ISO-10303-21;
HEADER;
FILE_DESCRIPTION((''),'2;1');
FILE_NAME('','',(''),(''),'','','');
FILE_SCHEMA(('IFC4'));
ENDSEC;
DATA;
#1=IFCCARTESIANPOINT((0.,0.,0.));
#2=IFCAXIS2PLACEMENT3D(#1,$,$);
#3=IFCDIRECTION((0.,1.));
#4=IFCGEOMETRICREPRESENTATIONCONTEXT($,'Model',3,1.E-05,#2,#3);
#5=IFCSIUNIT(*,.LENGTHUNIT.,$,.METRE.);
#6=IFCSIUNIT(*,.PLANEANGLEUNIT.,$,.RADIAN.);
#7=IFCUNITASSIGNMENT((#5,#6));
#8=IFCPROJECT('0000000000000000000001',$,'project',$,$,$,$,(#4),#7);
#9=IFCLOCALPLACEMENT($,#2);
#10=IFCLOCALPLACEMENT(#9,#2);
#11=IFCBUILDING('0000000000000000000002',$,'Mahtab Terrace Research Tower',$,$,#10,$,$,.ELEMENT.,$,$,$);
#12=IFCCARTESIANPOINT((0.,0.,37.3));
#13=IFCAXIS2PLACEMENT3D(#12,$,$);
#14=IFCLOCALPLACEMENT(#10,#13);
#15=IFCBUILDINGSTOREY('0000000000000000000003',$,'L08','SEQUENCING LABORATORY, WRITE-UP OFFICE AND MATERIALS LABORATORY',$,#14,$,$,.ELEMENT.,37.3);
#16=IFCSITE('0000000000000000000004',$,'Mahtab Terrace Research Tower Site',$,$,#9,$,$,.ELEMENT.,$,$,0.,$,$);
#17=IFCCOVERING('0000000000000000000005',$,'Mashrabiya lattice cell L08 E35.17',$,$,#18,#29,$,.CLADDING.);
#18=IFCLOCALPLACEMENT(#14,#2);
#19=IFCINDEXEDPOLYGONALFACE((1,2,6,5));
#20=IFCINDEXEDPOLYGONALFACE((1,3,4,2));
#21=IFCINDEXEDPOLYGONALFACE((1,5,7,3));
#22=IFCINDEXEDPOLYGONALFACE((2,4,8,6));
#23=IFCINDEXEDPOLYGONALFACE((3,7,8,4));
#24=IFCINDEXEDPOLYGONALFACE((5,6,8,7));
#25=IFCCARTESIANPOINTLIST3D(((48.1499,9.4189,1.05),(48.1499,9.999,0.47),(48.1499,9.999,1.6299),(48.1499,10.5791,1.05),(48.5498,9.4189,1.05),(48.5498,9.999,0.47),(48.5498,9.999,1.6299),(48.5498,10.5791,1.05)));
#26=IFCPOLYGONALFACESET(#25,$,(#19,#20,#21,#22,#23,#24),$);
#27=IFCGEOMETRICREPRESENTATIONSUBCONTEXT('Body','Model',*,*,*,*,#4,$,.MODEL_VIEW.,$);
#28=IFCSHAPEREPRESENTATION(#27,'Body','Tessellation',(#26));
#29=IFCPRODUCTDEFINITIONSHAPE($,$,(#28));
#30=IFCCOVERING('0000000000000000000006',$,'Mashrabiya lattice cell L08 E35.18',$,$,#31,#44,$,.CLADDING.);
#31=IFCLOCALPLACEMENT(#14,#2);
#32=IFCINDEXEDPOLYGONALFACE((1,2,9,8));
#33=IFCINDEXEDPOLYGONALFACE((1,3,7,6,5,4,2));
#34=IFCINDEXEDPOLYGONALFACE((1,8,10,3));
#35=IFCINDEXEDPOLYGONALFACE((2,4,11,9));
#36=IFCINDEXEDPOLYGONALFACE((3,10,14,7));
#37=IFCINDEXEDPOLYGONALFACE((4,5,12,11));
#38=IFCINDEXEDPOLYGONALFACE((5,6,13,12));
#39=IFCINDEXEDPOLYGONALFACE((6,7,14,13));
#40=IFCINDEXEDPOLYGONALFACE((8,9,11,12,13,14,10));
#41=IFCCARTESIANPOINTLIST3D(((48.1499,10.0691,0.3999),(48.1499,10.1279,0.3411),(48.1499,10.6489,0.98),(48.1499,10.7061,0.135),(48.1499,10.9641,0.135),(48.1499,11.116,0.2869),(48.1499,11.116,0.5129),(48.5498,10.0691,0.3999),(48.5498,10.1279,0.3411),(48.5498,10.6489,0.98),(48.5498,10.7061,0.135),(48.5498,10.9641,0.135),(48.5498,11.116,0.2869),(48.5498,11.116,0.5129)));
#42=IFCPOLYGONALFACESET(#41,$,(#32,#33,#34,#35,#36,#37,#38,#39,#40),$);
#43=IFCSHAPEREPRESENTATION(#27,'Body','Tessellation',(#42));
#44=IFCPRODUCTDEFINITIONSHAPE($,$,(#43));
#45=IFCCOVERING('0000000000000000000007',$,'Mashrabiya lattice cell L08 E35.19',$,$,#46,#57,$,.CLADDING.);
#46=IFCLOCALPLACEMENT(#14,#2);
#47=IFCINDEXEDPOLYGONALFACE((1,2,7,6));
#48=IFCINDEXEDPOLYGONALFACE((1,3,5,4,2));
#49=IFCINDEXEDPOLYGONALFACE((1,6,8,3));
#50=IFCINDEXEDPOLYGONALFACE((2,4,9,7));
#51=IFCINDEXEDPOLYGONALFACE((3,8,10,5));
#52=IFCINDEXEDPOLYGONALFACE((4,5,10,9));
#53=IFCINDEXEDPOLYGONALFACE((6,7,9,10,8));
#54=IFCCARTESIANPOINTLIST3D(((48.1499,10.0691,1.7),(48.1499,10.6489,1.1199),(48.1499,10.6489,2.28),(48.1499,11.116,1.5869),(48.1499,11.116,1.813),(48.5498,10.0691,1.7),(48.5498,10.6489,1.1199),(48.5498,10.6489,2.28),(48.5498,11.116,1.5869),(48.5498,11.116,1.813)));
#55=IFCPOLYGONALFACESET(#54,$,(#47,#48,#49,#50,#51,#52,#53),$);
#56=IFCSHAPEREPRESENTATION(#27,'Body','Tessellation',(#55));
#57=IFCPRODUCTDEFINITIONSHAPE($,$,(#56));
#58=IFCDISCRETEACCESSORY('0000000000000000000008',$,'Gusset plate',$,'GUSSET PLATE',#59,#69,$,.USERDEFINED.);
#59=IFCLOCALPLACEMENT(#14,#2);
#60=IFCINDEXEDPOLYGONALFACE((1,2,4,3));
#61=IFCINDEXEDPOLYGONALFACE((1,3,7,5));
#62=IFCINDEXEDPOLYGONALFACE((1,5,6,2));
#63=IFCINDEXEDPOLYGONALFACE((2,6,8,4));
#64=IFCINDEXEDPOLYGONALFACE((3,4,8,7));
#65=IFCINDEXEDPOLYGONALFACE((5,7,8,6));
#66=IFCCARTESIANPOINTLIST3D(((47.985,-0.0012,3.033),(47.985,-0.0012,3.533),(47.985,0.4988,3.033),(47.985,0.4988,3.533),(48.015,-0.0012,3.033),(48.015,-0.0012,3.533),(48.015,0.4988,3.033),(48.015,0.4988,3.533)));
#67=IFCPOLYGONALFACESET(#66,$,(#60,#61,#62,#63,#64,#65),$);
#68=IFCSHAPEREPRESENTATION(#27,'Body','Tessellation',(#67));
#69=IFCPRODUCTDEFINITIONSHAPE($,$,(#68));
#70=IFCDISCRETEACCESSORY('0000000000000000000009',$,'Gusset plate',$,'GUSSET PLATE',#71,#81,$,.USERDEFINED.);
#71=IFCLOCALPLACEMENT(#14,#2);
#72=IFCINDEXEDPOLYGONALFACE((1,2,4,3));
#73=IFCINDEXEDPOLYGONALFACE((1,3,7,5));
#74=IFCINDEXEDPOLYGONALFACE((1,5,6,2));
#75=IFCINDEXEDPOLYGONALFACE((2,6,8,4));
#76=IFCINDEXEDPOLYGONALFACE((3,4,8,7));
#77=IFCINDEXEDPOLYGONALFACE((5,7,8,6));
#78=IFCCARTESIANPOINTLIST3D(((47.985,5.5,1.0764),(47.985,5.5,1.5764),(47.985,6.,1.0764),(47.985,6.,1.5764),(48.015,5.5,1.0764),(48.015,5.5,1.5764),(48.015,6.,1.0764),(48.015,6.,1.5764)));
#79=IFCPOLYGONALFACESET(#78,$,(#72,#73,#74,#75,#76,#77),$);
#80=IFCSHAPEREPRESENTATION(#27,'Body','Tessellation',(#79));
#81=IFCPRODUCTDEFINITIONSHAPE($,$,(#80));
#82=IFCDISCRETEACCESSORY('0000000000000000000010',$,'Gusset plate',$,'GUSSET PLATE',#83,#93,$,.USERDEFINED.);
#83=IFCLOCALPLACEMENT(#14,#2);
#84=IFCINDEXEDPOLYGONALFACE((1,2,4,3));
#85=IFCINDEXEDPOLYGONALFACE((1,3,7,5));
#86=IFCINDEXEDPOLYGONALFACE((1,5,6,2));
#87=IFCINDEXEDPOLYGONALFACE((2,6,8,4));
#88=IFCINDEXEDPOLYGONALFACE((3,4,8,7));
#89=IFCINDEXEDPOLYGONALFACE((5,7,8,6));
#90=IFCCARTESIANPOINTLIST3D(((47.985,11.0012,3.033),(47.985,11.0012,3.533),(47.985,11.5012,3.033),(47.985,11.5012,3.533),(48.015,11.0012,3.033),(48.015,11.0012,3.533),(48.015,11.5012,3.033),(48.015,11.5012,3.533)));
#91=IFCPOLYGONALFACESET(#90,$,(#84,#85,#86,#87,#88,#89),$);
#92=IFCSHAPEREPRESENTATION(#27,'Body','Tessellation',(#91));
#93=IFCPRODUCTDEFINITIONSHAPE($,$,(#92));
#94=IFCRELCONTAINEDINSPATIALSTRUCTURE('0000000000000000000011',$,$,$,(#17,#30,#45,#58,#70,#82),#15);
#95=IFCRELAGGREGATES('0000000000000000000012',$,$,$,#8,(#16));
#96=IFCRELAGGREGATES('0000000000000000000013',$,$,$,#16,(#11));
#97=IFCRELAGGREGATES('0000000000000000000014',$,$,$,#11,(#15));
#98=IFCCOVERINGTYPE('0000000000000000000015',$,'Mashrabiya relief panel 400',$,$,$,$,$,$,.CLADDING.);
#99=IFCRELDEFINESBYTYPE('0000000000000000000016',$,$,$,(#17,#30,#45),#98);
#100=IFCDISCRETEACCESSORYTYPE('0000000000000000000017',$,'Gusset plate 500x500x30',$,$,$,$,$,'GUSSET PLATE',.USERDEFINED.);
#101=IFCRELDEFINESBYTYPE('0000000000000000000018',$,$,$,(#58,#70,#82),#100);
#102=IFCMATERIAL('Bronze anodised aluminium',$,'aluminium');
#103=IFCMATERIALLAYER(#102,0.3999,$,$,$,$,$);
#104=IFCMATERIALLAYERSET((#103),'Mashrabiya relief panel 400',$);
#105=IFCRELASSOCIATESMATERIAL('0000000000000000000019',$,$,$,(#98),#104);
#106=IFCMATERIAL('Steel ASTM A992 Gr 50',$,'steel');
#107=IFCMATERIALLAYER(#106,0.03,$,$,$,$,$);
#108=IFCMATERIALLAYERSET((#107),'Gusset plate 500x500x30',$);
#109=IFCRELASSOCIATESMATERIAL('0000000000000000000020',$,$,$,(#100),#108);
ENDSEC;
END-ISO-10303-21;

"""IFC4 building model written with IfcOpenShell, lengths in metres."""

from ifc_helpers import new_model, si_unit, direction, frame, origin, origin_2d, place, context, subcontext, project, spatial, polyline, rectangle, outline, extrude, material, layer, layer_set, type_object, element, save


model = new_model("IFC4")

# Units and contexts
model_context = context("Model", 3, precision=1e-05, world=origin(), true_north=direction((0.0, 1.0)))
body_context = subcontext(model_context, "Body", "Model", "MODEL_VIEW")
ifc_project = project(units=[si_unit("LENGTHUNIT", "METRE"), si_unit("PLANEANGLEUNIT", "RADIAN")], contexts=[model_context])

# Site, building, storey
site_placement = place(None, origin())
site = spatial("IfcSite", under=ifc_project, at=site_placement, Name="Mahtab Terrace Research Tower Site", CompositionType="ELEMENT", RefElevation=0.0)
building_placement = place(site_placement, origin())
building = spatial("IfcBuilding", under=site, at=building_placement, Name="Mahtab Terrace Research Tower", CompositionType="ELEMENT")
storey_placement = place(building_placement, frame((0.0, 0.0, 37.3)))
storey = spatial("IfcBuildingStorey", under=building, at=storey_placement, Name="L08", Description="SEQUENCING LABORATORY, WRITE-UP OFFICE AND MATERIALS LABORATORY", CompositionType="ELEMENT", Elevation=37.3)

# Shared definitions
ifc_material_1 = material(Name="Steel ASTM A992 Gr 50", Category="steel")

# Coverings
ifc_material_2 = material(Name="Bronze anodised aluminium", Category="aluminium")
ifc_layer_1 = layer(ifc_material_2, 0.3999)
ifc_layer_set_1 = layer_set([ifc_layer_1], Name="Mashrabiya relief panel 400")
covering_type = type_object("IfcCoveringType", Name="Mashrabiya relief panel 400", PredefinedType="CLADDING", material=ifc_layer_set_1)
covering_1_placement = place(storey_placement, frame((48.1499, 9.999, 1.6299), z_axis=(-1.0, 0.0, 0.0), x_axis=(0.0, 0.707256, -0.706958)))
element("IfcCovering", 1, at=covering_1_placement, inside=storey, type_object=covering_type, Name="Mashrabiya lattice cell L08 E35.17", PredefinedType="CLADDING", context=body_context, shape_type="SweptSolid", body=[
    extrude(outline(polyline([(0.0, 0.0), (0.8202, 0.0), (0.82, 0.8204), (-0.0003, 0.8202), (0.0, 0.0)])), origin(), (0.0, 0.0, -1.0), 0.3999),
])
covering_2_placement = place(storey_placement, frame((48.1499, 10.0691, 0.3999), z_axis=(-1.0, 0.0, 0.0), x_axis=(0.0, 0.706958, 0.707256)))
element("IfcCovering", 2, at=covering_2_placement, inside=storey, type_object=covering_type, Name="Mashrabiya lattice cell L08 E35.18", PredefinedType="CLADDING", context=body_context, shape_type="SweptSolid", body=[
    extrude(outline(polyline([(0.0, 0.0), (0.8202, 0.0), (0.82, 0.6605), (0.6602, 0.8203), (0.4454, 0.8203), (0.263, 0.6378), (0.0, 0.0832), (0.0, 0.0)])), origin(), (0.0, 0.0, -1.0), 0.3999),
])
covering_3_placement = place(storey_placement, frame((48.1499, 10.6489, 1.1199), z_axis=(-1.0, 0.0, 0.0), x_axis=(0.0, -0.706958, 0.707256)))
element("IfcCovering", 3, at=covering_3_placement, inside=storey, type_object=covering_type, Name="Mashrabiya lattice cell L08 E35.19", PredefinedType="CLADDING", context=body_context, shape_type="SweptSolid", body=[
    extrude(outline(polyline([(0.0, 0.0), (0.8202, 0.0), (0.8205, 0.8202), (0.16, 0.8203), (0.0001, 0.6605), (0.0, 0.0)])), origin(), (0.0, 0.0, -1.0), 0.3999),
])

# Discrete accessories
ifc_layer_2 = layer(ifc_material_1, 0.03)
ifc_layer_set_2 = layer_set([ifc_layer_2], Name="Gusset plate 500x500x30")
discrete_accessory_type = type_object("IfcDiscreteAccessoryType", Name="Gusset plate 500x500x30", ElementType="GUSSET PLATE", PredefinedType="USERDEFINED", material=ifc_layer_set_2)
for number, where, z_axis, x_axis, name in (
    (4, (48.0, 0.2488, 3.033), (0.0, 0.0, 1.0), (0.0, 1.0, 0.0), "Gusset plate"),
    (5, (48.0, 5.75, 1.0764), (0.0, 0.0, 1.0), (0.0, 1.0, 0.0), "Gusset plate"),
    (6, (48.0, 11.2512, 3.033), (0.0, 0.0, 1.0), (0.0, 1.0, 0.0), "Gusset plate"),
):
    element("IfcDiscreteAccessory", number, at=place(storey_placement, frame(where, z_axis=z_axis, x_axis=x_axis)), inside=storey, type_object=discrete_accessory_type, Name=name, ObjectType="GUSSET PLATE", PredefinedType="USERDEFINED", context=body_context, shape_type="SweptSolid", body=[
        extrude(rectangle(XDim=0.5, YDim=0.03, at=origin_2d()), origin(), (0.0, 0.0, 1.0), 0.5),
    ])

save(model, "model.ifc")
